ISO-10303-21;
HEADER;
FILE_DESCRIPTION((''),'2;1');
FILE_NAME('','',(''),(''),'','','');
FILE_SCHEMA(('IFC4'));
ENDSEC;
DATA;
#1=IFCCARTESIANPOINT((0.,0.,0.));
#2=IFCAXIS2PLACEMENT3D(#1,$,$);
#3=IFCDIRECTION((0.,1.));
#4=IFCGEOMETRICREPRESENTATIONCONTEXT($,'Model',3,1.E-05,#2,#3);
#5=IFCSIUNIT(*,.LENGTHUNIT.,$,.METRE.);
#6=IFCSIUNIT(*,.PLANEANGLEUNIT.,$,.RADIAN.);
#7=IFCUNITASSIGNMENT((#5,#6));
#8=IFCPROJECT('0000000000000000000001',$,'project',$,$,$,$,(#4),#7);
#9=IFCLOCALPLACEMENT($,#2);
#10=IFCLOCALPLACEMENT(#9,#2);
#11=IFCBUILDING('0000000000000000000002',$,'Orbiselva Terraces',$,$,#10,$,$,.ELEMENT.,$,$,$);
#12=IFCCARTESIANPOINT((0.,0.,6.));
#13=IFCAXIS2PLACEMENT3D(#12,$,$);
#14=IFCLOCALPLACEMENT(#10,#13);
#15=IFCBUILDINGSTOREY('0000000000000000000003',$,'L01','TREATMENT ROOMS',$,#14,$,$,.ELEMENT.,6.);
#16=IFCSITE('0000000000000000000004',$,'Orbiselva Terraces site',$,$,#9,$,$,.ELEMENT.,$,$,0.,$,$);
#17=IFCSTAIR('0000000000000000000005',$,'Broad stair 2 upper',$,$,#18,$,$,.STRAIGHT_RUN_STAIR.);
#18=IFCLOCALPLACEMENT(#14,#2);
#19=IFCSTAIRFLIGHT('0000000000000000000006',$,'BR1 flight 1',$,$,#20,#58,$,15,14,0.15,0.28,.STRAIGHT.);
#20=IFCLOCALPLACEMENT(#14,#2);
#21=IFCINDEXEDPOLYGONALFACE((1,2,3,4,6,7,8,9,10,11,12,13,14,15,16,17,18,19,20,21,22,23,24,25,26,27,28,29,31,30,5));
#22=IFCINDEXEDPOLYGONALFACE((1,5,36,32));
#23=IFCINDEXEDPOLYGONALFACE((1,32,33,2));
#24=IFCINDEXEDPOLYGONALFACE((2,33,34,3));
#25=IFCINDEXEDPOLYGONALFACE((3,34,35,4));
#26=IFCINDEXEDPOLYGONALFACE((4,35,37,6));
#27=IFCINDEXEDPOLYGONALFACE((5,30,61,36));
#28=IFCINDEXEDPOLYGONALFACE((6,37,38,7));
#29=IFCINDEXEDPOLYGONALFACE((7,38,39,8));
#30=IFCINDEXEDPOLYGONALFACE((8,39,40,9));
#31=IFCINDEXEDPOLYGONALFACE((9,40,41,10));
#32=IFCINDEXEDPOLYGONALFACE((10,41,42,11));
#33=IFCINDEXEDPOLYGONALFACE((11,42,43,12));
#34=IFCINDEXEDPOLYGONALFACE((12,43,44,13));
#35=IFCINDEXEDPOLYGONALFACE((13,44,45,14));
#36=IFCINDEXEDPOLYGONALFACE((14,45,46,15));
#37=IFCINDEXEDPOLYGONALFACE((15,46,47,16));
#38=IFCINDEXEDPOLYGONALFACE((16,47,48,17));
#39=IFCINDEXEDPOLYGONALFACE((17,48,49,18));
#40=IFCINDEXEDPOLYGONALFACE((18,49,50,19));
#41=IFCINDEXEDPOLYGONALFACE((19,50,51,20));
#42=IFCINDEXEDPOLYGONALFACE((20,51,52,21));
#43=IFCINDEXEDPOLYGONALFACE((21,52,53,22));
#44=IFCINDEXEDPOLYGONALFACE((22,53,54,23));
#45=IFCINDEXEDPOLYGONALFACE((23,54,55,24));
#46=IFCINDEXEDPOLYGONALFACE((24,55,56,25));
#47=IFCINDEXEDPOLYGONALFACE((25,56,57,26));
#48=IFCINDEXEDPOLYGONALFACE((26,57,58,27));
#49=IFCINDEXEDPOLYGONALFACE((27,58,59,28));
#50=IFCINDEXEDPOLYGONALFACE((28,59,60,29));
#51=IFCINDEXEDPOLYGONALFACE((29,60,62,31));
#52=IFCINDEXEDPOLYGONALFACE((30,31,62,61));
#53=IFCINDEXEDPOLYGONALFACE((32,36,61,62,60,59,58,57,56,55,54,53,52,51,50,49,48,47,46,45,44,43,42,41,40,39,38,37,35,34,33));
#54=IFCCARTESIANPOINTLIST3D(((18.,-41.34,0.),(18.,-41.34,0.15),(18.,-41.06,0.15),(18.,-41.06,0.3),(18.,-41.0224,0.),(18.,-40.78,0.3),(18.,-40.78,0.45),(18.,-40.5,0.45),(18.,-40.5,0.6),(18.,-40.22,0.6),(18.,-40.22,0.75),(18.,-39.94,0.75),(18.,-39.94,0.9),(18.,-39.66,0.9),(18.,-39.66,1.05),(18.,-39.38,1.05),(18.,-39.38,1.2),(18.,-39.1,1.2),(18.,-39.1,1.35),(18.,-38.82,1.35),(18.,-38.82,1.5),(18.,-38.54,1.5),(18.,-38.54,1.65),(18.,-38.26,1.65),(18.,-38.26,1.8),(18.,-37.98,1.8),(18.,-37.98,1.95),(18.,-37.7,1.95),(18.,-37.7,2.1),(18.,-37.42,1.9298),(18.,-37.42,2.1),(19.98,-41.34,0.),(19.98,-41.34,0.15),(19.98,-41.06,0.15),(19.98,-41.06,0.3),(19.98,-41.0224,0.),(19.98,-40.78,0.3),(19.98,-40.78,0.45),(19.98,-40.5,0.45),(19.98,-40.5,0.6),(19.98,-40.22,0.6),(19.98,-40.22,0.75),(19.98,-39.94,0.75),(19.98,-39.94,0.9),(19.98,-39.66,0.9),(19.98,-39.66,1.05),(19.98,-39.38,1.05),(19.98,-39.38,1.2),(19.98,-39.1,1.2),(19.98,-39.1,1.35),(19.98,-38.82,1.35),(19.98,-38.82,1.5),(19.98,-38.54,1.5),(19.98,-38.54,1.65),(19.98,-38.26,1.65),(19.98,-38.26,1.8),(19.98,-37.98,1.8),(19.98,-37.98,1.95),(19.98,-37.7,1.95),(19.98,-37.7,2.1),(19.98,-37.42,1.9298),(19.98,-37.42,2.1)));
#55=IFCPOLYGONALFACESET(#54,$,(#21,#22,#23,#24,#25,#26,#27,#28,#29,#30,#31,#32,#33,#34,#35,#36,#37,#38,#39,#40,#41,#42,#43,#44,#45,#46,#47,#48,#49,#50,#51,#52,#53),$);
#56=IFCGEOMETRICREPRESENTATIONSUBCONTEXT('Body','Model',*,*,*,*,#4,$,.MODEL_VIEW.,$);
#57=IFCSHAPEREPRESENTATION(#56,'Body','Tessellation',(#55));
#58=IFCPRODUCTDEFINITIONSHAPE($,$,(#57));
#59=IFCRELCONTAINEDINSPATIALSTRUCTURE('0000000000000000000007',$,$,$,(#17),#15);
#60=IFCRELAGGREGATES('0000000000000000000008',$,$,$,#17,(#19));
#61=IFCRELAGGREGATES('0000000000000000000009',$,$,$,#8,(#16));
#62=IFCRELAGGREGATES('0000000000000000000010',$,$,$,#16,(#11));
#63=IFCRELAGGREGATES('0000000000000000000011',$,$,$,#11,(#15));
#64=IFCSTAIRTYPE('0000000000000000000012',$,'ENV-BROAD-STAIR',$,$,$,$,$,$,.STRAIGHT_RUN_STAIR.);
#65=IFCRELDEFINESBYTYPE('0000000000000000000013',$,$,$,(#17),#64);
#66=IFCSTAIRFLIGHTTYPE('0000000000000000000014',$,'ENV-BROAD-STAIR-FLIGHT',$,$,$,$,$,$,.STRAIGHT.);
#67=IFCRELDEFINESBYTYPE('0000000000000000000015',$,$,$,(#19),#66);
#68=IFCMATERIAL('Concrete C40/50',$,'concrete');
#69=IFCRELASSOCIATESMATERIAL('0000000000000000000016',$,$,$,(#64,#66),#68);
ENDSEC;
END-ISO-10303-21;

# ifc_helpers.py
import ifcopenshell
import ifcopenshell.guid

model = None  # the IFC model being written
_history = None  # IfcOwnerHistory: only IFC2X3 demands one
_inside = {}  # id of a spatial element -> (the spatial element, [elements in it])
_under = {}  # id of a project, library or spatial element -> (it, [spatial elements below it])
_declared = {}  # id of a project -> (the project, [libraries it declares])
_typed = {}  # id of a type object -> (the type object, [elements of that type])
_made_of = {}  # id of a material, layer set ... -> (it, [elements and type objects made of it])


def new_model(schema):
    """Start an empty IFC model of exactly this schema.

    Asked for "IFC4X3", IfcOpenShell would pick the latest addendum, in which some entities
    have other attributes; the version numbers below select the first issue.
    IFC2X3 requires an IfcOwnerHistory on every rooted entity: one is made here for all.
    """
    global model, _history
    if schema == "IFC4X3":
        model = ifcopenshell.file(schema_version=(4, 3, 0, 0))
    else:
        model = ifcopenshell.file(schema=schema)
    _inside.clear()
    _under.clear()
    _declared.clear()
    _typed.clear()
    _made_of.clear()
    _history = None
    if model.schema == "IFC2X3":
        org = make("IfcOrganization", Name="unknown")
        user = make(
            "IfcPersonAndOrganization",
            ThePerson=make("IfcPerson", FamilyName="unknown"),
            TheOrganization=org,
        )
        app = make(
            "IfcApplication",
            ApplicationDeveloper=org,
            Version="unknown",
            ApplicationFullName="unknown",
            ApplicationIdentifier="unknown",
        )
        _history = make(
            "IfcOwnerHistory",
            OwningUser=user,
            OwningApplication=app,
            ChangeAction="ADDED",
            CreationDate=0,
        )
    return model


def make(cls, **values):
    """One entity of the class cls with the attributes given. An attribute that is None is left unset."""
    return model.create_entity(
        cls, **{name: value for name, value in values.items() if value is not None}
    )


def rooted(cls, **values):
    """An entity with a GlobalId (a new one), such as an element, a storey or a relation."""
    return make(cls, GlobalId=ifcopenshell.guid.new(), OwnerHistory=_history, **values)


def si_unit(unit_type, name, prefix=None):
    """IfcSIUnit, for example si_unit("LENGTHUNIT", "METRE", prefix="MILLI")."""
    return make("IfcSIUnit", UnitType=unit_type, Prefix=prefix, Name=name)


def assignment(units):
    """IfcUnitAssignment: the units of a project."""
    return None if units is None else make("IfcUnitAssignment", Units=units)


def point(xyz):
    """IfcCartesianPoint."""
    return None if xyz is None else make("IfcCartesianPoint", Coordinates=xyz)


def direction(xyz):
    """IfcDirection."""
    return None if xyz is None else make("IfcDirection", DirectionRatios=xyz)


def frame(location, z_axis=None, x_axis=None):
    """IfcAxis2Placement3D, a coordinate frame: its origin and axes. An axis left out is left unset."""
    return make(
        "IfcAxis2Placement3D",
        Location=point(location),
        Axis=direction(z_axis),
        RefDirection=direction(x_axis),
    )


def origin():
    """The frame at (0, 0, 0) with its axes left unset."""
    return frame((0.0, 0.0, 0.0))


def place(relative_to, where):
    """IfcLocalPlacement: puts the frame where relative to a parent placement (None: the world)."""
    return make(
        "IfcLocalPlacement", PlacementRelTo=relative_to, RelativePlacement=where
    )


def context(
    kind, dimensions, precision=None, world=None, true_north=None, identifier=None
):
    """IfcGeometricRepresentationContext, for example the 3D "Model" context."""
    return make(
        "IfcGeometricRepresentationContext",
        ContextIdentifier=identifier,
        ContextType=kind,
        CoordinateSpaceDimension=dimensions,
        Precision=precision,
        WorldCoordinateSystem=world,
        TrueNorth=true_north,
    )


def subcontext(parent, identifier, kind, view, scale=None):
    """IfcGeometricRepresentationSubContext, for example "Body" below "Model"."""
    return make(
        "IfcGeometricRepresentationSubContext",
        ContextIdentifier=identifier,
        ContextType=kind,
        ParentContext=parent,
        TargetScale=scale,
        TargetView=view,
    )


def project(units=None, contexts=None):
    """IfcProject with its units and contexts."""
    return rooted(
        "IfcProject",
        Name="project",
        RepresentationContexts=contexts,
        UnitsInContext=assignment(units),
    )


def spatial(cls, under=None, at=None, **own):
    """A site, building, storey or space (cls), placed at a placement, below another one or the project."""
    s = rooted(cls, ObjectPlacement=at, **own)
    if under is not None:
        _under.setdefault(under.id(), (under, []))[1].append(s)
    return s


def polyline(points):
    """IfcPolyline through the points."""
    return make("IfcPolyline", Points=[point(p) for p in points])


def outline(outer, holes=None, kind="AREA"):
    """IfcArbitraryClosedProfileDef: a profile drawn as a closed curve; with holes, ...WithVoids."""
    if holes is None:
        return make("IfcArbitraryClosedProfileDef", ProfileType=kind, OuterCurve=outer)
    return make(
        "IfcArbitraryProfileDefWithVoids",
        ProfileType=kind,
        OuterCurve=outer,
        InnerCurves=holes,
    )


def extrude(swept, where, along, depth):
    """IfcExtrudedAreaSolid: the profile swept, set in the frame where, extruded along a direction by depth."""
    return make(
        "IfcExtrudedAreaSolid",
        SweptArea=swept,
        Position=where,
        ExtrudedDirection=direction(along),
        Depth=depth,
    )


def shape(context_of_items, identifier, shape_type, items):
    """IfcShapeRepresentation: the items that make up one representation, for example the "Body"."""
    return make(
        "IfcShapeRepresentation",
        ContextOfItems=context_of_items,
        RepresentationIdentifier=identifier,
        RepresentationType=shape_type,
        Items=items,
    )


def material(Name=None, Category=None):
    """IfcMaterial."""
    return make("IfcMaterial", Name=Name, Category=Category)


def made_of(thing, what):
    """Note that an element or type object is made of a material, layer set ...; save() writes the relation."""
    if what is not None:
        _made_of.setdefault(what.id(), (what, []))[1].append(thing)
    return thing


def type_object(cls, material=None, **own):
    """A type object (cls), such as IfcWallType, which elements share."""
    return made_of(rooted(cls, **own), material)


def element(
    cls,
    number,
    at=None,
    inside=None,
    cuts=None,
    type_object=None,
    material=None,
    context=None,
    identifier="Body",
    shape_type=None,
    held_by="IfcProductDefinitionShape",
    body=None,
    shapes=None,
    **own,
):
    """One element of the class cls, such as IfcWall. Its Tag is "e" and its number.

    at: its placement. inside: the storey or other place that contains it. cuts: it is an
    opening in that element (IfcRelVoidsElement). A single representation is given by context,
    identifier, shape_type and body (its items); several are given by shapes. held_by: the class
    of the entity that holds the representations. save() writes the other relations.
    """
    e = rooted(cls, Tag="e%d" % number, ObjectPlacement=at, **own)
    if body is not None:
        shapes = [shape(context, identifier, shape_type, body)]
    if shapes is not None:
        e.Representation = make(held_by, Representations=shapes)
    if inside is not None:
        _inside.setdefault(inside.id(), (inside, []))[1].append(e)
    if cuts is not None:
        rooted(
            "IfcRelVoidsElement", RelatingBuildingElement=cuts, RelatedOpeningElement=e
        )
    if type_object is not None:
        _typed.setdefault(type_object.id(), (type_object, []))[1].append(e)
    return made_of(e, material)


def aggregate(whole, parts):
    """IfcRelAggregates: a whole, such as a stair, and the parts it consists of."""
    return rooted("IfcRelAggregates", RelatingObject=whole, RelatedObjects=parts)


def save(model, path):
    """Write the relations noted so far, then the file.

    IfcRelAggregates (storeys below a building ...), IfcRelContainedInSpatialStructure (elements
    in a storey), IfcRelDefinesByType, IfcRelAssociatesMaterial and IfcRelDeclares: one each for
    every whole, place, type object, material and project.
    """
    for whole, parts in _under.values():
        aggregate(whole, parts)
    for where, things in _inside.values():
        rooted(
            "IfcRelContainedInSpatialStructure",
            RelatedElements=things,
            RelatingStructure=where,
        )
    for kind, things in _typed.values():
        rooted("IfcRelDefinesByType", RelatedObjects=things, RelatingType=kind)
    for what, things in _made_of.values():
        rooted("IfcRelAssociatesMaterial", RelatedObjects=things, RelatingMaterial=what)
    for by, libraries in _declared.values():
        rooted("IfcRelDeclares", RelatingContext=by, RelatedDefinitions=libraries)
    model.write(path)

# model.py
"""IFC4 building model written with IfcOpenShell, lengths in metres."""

from ifc_helpers import new_model, si_unit, direction, frame, origin, place, context, subcontext, project, spatial, polyline, outline, extrude, material, type_object, element, aggregate, save


model = new_model("IFC4")

# Units and contexts
model_context = context("Model", 3, precision=1e-05, world=origin(), true_north=direction((0.0, 1.0)))
body_context = subcontext(model_context, "Body", "Model", "MODEL_VIEW")
ifc_project = project(units=[si_unit("LENGTHUNIT", "METRE"), si_unit("PLANEANGLEUNIT", "RADIAN")], contexts=[model_context])

# Site, building, storey
site_placement = place(None, origin())
site = spatial("IfcSite", under=ifc_project, at=site_placement, Name="Orbiselva Terraces site", CompositionType="ELEMENT", RefElevation=0.0)
building_placement = place(site_placement, origin())
building = spatial("IfcBuilding", under=site, at=building_placement, Name="Orbiselva Terraces", CompositionType="ELEMENT")
storey_placement = place(building_placement, frame((0.0, 0.0, 6.0)))
storey = spatial("IfcBuildingStorey", under=building, at=storey_placement, Name="L01", Description="TREATMENT ROOMS", CompositionType="ELEMENT", Elevation=6.0)

# Shared definitions
ifc_material_1 = material(Name="Concrete C40/50", Category="concrete")

# Stair, stair flight
stair_type = type_object("IfcStairType", Name="ENV-BROAD-STAIR", PredefinedType="STRAIGHT_RUN_STAIR", material=ifc_material_1)
stair_placement = place(storey_placement, origin())
stair = element("IfcStair", 1, at=stair_placement, inside=storey, type_object=stair_type, Name="Broad stair 2 upper", PredefinedType="STRAIGHT_RUN_STAIR")
stair_flight_type = type_object("IfcStairFlightType", Name="ENV-BROAD-STAIR-FLIGHT", PredefinedType="STRAIGHT", material=ifc_material_1)
stair_flight_placement = place(storey_placement, frame((18.99, -41.34, 0.0), z_axis=(0.0, 0.0, 1.0), x_axis=(0.0, 1.0, 0.0)))
stair_flight = element("IfcStairFlight", 2, at=stair_flight_placement, type_object=stair_flight_type, Name="BR1 flight 1", NumberOfRisers=15, NumberOfTreads=14, PredefinedType="STRAIGHT", RiserHeight=0.15, TreadLength=0.28, context=body_context, shape_type="SweptSolid", body=[
    extrude(outline(polyline([(0.0, 0.0), (0.0, 0.15), (0.28, 0.15), (0.28, 0.3), (0.56, 0.3), (0.56, 0.45), (0.84, 0.45), (0.84, 0.6), (1.12, 0.6), (1.12, 0.75), (1.4, 0.75), (1.4, 0.9), (1.68, 0.9), (1.68, 1.05), (1.96, 1.05), (1.96, 1.2), (2.24, 1.2), (2.24, 1.35), (2.52, 1.35), (2.52, 1.5), (2.8, 1.5), (2.8, 1.65), (3.08, 1.65), (3.08, 1.8), (3.36, 1.8), (3.36, 1.95), (3.64, 1.95), (3.64, 2.1), (3.92, 2.1), (3.92, 2.25), (3.92, 1.9298), (0.3176, 0.0), (0.0, 0.0)])), frame((0.0, 0.99, 0.0), z_axis=(0.0, -1.0, 0.0), x_axis=(1.0, 0.0, 0.0)), (0.0, 0.0, 1.0), 1.98),
])
aggregate(stair, [stair_flight])

save(model, "model.ifc")
